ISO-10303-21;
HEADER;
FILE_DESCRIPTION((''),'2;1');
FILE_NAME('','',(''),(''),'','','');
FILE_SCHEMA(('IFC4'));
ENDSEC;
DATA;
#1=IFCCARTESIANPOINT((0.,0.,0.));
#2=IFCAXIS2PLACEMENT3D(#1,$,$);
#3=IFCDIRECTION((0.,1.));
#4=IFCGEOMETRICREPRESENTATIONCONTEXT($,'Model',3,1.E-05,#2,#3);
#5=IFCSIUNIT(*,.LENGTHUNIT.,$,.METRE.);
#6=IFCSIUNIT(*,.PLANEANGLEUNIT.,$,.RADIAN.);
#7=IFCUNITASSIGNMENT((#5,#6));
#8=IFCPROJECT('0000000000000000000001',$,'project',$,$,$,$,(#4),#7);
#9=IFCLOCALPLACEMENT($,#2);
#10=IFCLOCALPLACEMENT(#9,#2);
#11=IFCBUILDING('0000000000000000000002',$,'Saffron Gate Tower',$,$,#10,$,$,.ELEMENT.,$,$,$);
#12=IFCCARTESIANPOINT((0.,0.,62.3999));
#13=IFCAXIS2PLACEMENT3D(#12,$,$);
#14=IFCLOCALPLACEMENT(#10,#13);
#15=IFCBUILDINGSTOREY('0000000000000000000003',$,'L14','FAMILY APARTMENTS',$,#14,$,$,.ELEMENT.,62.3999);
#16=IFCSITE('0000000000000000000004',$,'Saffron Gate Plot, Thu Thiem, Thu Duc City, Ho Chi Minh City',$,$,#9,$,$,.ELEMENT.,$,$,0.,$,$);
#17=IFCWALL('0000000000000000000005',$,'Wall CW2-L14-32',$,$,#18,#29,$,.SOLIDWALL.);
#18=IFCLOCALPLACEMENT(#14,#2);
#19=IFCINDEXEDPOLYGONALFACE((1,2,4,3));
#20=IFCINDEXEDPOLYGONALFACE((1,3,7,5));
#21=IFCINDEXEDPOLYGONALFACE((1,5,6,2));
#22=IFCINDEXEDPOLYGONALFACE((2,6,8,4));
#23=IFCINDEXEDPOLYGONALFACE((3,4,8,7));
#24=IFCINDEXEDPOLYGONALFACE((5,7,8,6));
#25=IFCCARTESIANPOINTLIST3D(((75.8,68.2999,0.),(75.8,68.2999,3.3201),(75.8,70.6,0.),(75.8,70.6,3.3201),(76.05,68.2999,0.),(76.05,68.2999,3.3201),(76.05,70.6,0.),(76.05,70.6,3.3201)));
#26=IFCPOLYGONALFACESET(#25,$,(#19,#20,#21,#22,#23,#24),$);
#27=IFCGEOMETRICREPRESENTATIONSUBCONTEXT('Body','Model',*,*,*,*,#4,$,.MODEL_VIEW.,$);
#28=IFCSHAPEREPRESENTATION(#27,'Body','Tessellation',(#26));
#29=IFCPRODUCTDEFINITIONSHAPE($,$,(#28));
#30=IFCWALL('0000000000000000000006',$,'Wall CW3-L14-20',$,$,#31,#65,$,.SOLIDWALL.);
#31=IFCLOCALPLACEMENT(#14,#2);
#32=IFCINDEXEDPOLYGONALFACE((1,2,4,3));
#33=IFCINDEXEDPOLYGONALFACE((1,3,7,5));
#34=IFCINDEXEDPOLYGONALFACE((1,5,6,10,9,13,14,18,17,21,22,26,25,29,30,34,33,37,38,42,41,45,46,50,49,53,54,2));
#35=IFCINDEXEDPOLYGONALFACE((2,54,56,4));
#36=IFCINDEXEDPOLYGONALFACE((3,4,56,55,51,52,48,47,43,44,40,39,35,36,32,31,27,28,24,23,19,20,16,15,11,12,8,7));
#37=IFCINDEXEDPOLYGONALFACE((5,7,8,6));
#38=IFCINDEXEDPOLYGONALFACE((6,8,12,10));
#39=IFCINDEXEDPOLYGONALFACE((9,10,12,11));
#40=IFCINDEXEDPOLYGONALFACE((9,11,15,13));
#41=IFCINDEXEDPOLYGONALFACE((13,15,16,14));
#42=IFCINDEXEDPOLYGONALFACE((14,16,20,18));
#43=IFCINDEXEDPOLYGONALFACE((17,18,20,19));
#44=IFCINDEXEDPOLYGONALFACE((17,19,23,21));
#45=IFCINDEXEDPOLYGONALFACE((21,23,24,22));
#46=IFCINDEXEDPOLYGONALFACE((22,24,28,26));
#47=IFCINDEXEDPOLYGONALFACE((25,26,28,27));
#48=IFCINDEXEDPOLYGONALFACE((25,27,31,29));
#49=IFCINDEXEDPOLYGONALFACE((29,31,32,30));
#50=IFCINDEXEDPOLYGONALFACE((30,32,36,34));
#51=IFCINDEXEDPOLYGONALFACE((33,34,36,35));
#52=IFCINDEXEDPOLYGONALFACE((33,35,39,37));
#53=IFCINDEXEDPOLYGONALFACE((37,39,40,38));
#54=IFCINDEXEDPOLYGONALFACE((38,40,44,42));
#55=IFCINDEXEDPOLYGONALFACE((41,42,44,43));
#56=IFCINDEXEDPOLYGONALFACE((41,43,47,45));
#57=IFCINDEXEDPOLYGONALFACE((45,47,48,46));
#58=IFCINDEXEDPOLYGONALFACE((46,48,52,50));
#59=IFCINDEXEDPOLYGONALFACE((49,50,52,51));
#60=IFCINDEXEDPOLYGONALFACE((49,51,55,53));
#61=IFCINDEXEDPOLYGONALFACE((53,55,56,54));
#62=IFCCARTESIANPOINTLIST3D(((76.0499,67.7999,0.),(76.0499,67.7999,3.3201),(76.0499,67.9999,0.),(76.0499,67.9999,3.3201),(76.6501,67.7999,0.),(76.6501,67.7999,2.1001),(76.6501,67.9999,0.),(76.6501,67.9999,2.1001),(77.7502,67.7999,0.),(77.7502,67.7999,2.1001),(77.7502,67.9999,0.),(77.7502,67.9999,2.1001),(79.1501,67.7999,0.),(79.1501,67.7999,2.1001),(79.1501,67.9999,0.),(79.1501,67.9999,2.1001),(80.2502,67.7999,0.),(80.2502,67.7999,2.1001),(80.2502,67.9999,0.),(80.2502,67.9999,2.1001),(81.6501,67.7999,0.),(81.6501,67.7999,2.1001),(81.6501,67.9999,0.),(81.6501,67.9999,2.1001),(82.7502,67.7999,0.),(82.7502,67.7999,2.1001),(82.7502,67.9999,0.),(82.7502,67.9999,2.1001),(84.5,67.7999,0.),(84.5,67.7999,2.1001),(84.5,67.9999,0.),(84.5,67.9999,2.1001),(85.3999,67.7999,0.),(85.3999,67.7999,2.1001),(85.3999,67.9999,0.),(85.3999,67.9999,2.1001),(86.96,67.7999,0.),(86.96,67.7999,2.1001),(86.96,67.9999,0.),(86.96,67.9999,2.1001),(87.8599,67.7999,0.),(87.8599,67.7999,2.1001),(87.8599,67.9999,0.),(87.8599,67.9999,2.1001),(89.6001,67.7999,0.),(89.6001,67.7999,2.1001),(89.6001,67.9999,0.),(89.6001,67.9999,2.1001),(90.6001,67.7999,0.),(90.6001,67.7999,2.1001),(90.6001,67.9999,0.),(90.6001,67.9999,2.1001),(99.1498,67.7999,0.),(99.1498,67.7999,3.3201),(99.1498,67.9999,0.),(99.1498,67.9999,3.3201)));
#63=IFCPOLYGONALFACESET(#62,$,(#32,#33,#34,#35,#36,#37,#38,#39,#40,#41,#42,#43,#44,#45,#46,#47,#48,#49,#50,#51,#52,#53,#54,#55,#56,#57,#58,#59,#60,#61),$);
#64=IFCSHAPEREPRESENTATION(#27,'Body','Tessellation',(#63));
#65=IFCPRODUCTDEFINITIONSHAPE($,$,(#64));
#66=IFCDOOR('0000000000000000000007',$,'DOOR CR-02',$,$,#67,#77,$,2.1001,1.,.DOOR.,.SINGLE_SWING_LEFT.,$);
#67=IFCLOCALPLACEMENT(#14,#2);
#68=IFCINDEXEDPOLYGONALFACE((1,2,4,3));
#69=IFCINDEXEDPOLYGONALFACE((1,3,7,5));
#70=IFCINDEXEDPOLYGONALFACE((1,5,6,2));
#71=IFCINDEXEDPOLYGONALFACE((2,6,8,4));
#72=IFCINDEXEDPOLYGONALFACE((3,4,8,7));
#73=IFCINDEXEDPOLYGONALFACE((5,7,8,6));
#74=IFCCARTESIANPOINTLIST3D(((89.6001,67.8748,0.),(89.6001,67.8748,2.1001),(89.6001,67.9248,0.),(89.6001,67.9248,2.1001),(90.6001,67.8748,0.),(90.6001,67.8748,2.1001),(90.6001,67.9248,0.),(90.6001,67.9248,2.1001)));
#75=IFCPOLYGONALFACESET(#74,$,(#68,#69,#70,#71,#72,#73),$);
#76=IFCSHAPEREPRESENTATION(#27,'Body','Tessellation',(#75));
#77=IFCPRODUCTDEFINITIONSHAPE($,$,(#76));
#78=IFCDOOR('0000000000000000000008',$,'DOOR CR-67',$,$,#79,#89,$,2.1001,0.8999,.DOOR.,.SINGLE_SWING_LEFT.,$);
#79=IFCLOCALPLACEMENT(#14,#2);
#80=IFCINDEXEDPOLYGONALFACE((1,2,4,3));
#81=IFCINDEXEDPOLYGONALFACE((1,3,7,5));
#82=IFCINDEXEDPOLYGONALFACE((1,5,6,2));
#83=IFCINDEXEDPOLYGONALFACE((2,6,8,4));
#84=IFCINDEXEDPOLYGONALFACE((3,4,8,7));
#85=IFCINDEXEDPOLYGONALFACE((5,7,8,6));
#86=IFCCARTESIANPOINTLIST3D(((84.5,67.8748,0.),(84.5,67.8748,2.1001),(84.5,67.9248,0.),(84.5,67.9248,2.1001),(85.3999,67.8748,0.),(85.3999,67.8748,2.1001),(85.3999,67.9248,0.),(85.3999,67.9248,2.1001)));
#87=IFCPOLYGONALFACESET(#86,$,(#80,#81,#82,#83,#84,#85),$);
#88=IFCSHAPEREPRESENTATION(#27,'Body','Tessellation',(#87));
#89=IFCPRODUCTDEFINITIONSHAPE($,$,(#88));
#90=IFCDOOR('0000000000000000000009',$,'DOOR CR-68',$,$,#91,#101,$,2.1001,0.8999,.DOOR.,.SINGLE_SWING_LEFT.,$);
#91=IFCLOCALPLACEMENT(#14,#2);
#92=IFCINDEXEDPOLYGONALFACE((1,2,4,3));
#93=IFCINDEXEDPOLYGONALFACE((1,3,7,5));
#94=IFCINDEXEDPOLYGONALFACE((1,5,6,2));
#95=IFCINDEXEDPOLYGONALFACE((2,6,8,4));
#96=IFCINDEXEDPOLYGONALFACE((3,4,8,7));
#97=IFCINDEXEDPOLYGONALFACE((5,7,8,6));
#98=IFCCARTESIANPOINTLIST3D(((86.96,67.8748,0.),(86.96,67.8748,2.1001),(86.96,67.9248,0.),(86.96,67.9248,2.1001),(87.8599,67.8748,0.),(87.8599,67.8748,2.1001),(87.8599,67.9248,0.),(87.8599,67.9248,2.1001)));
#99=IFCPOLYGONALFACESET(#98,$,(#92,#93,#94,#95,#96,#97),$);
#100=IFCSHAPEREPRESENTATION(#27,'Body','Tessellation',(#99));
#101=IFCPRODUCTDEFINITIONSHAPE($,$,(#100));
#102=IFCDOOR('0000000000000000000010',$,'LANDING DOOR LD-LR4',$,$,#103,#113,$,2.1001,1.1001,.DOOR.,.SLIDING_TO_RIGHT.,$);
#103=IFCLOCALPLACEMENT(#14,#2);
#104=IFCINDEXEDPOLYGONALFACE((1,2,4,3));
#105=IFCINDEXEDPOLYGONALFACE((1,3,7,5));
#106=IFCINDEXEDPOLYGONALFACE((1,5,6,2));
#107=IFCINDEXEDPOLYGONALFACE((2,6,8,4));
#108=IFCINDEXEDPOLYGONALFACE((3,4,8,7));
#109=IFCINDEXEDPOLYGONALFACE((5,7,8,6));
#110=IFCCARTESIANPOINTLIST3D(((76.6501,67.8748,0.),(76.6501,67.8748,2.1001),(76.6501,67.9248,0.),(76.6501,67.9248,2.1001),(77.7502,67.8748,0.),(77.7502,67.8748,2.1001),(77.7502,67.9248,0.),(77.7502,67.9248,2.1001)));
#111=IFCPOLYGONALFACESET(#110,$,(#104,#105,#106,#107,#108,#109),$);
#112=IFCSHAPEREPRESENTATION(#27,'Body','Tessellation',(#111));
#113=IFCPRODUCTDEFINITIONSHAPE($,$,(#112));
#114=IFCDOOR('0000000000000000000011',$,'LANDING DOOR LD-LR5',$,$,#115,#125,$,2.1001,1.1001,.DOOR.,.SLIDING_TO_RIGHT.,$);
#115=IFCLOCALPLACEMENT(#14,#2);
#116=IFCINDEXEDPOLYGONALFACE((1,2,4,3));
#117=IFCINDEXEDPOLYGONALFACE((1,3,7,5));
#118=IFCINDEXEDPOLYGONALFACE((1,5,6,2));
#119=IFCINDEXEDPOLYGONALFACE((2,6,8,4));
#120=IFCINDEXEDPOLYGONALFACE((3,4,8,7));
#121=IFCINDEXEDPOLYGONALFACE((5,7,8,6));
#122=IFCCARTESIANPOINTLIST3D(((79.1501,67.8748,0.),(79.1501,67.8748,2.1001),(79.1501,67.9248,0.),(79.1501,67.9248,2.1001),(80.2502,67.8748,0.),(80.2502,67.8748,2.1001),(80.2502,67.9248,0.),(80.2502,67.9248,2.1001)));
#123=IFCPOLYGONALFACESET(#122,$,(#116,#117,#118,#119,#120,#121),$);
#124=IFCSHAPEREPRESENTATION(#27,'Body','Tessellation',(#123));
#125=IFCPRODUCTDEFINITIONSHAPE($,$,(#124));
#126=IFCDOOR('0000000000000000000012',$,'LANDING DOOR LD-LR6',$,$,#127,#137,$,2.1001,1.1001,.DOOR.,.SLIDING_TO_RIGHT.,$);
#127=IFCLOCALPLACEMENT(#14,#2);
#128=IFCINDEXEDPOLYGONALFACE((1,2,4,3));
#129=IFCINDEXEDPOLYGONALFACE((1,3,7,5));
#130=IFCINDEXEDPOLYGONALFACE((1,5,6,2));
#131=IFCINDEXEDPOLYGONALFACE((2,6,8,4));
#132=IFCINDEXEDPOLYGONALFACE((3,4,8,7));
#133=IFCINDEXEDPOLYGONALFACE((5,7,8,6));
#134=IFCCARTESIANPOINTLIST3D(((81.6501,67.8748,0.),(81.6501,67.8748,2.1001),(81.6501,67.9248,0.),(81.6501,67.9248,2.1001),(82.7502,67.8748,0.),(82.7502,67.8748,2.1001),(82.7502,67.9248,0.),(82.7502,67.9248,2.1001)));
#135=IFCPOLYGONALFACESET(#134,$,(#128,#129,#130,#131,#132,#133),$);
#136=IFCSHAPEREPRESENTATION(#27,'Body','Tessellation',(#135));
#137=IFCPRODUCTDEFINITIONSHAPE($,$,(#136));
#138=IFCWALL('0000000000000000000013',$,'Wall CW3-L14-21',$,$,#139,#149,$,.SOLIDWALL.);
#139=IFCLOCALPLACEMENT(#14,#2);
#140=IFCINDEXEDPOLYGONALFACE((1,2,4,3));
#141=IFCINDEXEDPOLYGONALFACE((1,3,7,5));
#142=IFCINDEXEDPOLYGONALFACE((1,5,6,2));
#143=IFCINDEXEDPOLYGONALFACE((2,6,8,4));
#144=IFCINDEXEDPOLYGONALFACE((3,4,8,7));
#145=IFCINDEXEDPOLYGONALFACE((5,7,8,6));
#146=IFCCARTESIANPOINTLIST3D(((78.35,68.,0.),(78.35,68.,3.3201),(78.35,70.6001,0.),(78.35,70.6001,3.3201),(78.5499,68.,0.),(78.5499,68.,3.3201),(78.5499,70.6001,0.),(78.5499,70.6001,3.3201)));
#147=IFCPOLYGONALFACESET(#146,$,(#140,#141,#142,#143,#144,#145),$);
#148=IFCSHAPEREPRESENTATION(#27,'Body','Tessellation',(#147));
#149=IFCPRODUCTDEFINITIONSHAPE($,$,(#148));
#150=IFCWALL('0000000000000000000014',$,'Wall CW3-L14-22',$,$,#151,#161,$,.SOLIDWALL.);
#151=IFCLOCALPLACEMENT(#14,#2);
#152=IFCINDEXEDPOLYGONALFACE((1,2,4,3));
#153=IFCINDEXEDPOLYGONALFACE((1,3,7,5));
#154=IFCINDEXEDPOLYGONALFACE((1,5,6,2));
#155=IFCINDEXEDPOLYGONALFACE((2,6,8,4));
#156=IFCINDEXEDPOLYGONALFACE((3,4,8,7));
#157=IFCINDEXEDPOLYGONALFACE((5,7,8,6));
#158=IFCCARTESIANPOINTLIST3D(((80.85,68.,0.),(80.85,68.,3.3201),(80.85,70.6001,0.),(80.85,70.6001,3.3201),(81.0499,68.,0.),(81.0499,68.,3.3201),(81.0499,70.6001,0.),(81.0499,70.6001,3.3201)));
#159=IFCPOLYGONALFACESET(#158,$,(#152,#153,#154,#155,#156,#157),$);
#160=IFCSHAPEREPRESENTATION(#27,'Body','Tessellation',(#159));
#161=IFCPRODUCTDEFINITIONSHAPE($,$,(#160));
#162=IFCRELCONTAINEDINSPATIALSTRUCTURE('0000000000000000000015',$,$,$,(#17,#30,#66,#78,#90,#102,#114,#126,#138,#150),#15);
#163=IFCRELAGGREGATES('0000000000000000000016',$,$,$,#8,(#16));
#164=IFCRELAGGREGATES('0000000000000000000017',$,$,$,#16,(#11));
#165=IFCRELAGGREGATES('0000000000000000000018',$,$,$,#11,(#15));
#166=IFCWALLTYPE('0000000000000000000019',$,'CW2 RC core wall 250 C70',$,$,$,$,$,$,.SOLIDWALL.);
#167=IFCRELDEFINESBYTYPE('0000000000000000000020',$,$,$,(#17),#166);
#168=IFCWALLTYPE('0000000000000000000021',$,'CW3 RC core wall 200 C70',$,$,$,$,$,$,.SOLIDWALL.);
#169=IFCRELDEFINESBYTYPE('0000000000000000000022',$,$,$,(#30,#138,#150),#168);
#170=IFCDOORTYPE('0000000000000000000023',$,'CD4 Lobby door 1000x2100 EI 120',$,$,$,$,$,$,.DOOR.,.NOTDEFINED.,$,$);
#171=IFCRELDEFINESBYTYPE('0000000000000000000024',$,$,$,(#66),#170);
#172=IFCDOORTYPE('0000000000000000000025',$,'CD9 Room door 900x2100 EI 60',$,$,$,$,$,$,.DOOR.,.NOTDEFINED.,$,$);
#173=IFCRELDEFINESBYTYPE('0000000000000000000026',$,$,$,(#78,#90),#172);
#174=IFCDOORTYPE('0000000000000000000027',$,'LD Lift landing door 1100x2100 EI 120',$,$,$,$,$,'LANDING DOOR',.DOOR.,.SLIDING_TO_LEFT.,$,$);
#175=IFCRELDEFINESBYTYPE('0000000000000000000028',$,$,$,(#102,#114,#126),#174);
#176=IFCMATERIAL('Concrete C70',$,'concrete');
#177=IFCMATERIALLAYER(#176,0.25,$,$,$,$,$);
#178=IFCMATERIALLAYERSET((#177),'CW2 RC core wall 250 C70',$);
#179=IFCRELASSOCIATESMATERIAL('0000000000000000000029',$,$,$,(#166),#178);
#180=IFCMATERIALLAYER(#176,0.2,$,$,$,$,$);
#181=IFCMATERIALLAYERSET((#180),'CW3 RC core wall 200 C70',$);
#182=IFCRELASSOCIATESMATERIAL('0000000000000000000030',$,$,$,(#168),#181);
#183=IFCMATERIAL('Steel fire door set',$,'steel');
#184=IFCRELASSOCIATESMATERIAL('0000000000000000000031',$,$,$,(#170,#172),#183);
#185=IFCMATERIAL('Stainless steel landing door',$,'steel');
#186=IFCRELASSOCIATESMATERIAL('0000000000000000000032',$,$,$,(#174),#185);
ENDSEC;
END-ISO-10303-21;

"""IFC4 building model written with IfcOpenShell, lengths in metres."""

from ifc_helpers import new_model, si_unit, direction, frame, frame_2d, origin, place, context, subcontext, project, spatial, rectangle, extrude, material, layer, layer_set, type_object, element, fill, save


model = new_model("IFC4")

# Units and contexts
model_context = context("Model", 3, precision=1e-05, world=origin(), true_north=direction((0.0, 1.0)))
body_context = subcontext(model_context, "Body", "Model", "MODEL_VIEW")
ifc_project = project(units=[si_unit("LENGTHUNIT", "METRE"), si_unit("PLANEANGLEUNIT", "RADIAN")], contexts=[model_context])

# Site, building, storey
site_placement = place(None, origin())
site = spatial("IfcSite", under=ifc_project, at=site_placement, Name="Saffron Gate Plot, Thu Thiem, Thu Duc City, Ho Chi Minh City", CompositionType="ELEMENT", RefElevation=0.0)
building_placement = place(site_placement, origin())
building = spatial("IfcBuilding", under=site, at=building_placement, Name="Saffron Gate Tower", CompositionType="ELEMENT")
storey_placement = place(building_placement, frame((0.0, 0.0, 62.3999)))
storey = spatial("IfcBuildingStorey", under=building, at=storey_placement, Name="L14", Description="FAMILY APARTMENTS", CompositionType="ELEMENT", Elevation=62.3999)

# Wall
ifc_material_1 = material(Name="Concrete C70", Category="concrete")
ifc_layer_1 = layer(ifc_material_1, 0.25)
ifc_layer_set_1 = layer_set([ifc_layer_1], Name="CW2 RC core wall 250 C70")
wall_type_1 = type_object("IfcWallType", Name="CW2 RC core wall 250 C70", PredefinedType="SOLIDWALL", material=ifc_layer_set_1)
wall_1_placement = place(storey_placement, frame((75.925, 68.3, 0.0), z_axis=(0.0, 0.0, 1.0), x_axis=(0.0, 1.0, 0.0)))
element("IfcWall", 1, at=wall_1_placement, inside=storey, type_object=wall_type_1, Name="Wall CW2-L14-32", PredefinedType="SOLIDWALL", context=body_context, shape_type="SweptSolid", body=[
    extrude(rectangle(XDim=2.3, YDim=0.25, at=frame_2d((1.1499, 0.0))), origin(), (0.0, 0.0, 1.0), 3.3201),
])

# Wall, openings, doors
ifc_layer_2 = layer(ifc_material_1, 0.2)
ifc_layer_set_2 = layer_set([ifc_layer_2], Name="CW3 RC core wall 200 C70")
wall_type_2 = type_object("IfcWallType", Name="CW3 RC core wall 200 C70", PredefinedType="SOLIDWALL", material=ifc_layer_set_2)
wall_2_placement = place(storey_placement, frame((76.05, 67.8999, 0.0), z_axis=(0.0, 0.0, 1.0), x_axis=(1.0, 0.0, 0.0)))
wall_2 = element("IfcWall", 2, at=wall_2_placement, inside=storey, type_object=wall_type_2, Name="Wall CW3-L14-20", PredefinedType="SOLIDWALL", context=body_context, shape_type="SweptSolid", body=[
    extrude(rectangle(XDim=23.0999, YDim=0.2, at=frame_2d((11.5498, 0.0))), origin(), (0.0, 0.0, 1.0), 3.3201),
])
opening_1_placement = place(wall_2_placement, frame((0.6001, 0.0, 0.0)))
opening_1 = element("IfcOpeningElement", 3, at=opening_1_placement, cuts=wall_2, PredefinedType="OPENING", context=body_context, shape_type="SweptSolid", body=[
    extrude(rectangle(XDim=1.1001, YDim=2.1001, at=frame_2d((0.55, 1.05))), frame((0.0, 0.1099, 0.0), z_axis=(0.0, -1.0, 0.0), x_axis=(1.0, 0.0, 0.0)), (0.0, 0.0, 1.0), 0.22),
])
opening_2_placement = place(wall_2_placement, frame((3.1001, 0.0, 0.0)))
opening_2 = element("IfcOpeningElement", 4, at=opening_2_placement, cuts=wall_2, PredefinedType="OPENING", context=body_context, shape_type="SweptSolid", body=[
    extrude(rectangle(XDim=1.1001, YDim=2.1001, at=frame_2d((0.55, 1.05))), frame((0.0, 0.1099, 0.0), z_axis=(0.0, -1.0, 0.0), x_axis=(1.0, 0.0, 0.0)), (0.0, 0.0, 1.0), 0.22),
])
opening_3_placement = place(wall_2_placement, frame((5.6001, 0.0, 0.0)))
opening_3 = element("IfcOpeningElement", 5, at=opening_3_placement, cuts=wall_2, PredefinedType="OPENING", context=body_context, shape_type="SweptSolid", body=[
    extrude(rectangle(XDim=1.1001, YDim=2.1001, at=frame_2d((0.55, 1.05))), frame((0.0, 0.1099, 0.0), z_axis=(0.0, -1.0, 0.0), x_axis=(1.0, 0.0, 0.0)), (0.0, 0.0, 1.0), 0.22),
])
opening_4_placement = place(wall_2_placement, frame((8.45, 0.0, 0.0)))
opening_4 = element("IfcOpeningElement", 6, at=opening_4_placement, cuts=wall_2, PredefinedType="OPENING", context=body_context, shape_type="SweptSolid", body=[
    extrude(rectangle(XDim=0.8999, YDim=2.1001, at=frame_2d((0.45, 1.05))), frame((0.0, 0.1099, 0.0), z_axis=(0.0, -1.0, 0.0), x_axis=(1.0, 0.0, 0.0)), (0.0, 0.0, 1.0), 0.22),
])
opening_5_placement = place(wall_2_placement, frame((10.9099, 0.0, 0.0)))
opening_5 = element("IfcOpeningElement", 7, at=opening_5_placement, cuts=wall_2, PredefinedType="OPENING", context=body_context, shape_type="SweptSolid", body=[
    extrude(rectangle(XDim=0.8999, YDim=2.1001, at=frame_2d((0.45, 1.05))), frame((0.0, 0.1099, 0.0), z_axis=(0.0, -1.0, 0.0), x_axis=(1.0, 0.0, 0.0)), (0.0, 0.0, 1.0), 0.22),
])
opening_6_placement = place(wall_2_placement, frame((13.55, 0.0, 0.0)))
opening_6 = element("IfcOpeningElement", 8, at=opening_6_placement, cuts=wall_2, PredefinedType="OPENING", context=body_context, shape_type="SweptSolid", body=[
    extrude(rectangle(XDim=1.0, YDim=2.1001, at=frame_2d((0.5, 1.05))), frame((0.0, 0.1099, 0.0), z_axis=(0.0, -1.0, 0.0), x_axis=(1.0, 0.0, 0.0)), (0.0, 0.0, 1.0), 0.22),
])
ifc_material_2 = material(Name="Steel fire door set", Category="steel")
door_type_1 = type_object("IfcDoorType", Name="CD4 Lobby door 1000x2100 EI 120", OperationType="NOTDEFINED", PredefinedType="DOOR", material=ifc_material_2)
door_1_placement = place(opening_6_placement, origin())
door_1 = element("IfcDoor", 9, at=door_1_placement, inside=storey, type_object=door_type_1, Name="DOOR CR-02", OperationType="SINGLE_SWING_LEFT", OverallHeight=2.1001, OverallWidth=1.0, PredefinedType="DOOR", context=body_context, shape_type="SweptSolid", body=[
    extrude(rectangle(XDim=1.0, YDim=2.1001, at=frame_2d((0.5, 1.05))), frame((0.0, 0.0249, 0.0), z_axis=(0.0, -1.0, 0.0), x_axis=(1.0, 0.0, 0.0)), (0.0, 0.0, 1.0), 0.05),
])
fill(opening_6, door_1)
door_type_2 = type_object("IfcDoorType", Name="CD9 Room door 900x2100 EI 60", OperationType="NOTDEFINED", PredefinedType="DOOR", material=ifc_material_2)
door_2_placement = place(opening_4_placement, origin())
door_2 = element("IfcDoor", 10, at=door_2_placement, inside=storey, type_object=door_type_2, Name="DOOR CR-67", OperationType="SINGLE_SWING_LEFT", OverallHeight=2.1001, OverallWidth=0.8999, PredefinedType="DOOR", context=body_context, shape_type="SweptSolid", body=[
    extrude(rectangle(XDim=0.8999, YDim=2.1001, at=frame_2d((0.45, 1.05))), frame((0.0, 0.0249, 0.0), z_axis=(0.0, -1.0, 0.0), x_axis=(1.0, 0.0, 0.0)), (0.0, 0.0, 1.0), 0.05),
])
fill(opening_4, door_2)
door_3_placement = place(opening_5_placement, origin())
door_3 = element("IfcDoor", 11, at=door_3_placement, inside=storey, type_object=door_type_2, Name="DOOR CR-68", OperationType="SINGLE_SWING_LEFT", OverallHeight=2.1001, OverallWidth=0.8999, PredefinedType="DOOR", context=body_context, shape_type="SweptSolid", body=[
    extrude(rectangle(XDim=0.8999, YDim=2.1001, at=frame_2d((0.45, 1.05))), frame((0.0, 0.0249, 0.0), z_axis=(0.0, -1.0, 0.0), x_axis=(1.0, 0.0, 0.0)), (0.0, 0.0, 1.0), 0.05),
])
fill(opening_5, door_3)
ifc_material_3 = material(Name="Stainless steel landing door", Category="steel")
door_type_3 = type_object("IfcDoorType", Name="LD Lift landing door 1100x2100 EI 120", ElementType="LANDING DOOR", OperationType="SLIDING_TO_LEFT", PredefinedType="DOOR", material=ifc_material_3)
door_4_placement = place(opening_1_placement, origin())
door_4 = element("IfcDoor", 12, at=door_4_placement, inside=storey, type_object=door_type_3, Name="LANDING DOOR LD-LR4", OperationType="SLIDING_TO_RIGHT", OverallHeight=2.1001, OverallWidth=1.1001, PredefinedType="DOOR", context=body_context, shape_type="SweptSolid", body=[
    extrude(rectangle(XDim=1.1001, YDim=2.1001, at=frame_2d((0.55, 1.05))), frame((0.0, 0.0249, 0.0), z_axis=(0.0, -1.0, 0.0), x_axis=(1.0, 0.0, 0.0)), (0.0, 0.0, 1.0), 0.05),
])
fill(opening_1, door_4)
door_5_placement = place(opening_2_placement, origin())
door_5 = element("IfcDoor", 13, at=door_5_placement, inside=storey, type_object=door_type_3, Name="LANDING DOOR LD-LR5", OperationType="SLIDING_TO_RIGHT", OverallHeight=2.1001, OverallWidth=1.1001, PredefinedType="DOOR", context=body_context, shape_type="SweptSolid", body=[
    extrude(rectangle(XDim=1.1001, YDim=2.1001, at=frame_2d((0.55, 1.05))), frame((0.0, 0.0249, 0.0), z_axis=(0.0, -1.0, 0.0), x_axis=(1.0, 0.0, 0.0)), (0.0, 0.0, 1.0), 0.05),
])
fill(opening_2, door_5)
door_6_placement = place(opening_3_placement, origin())
door_6 = element("IfcDoor", 14, at=door_6_placement, inside=storey, type_object=door_type_3, Name="LANDING DOOR LD-LR6", OperationType="SLIDING_TO_RIGHT", OverallHeight=2.1001, OverallWidth=1.1001, PredefinedType="DOOR", context=body_context, shape_type="SweptSolid", body=[
    extrude(rectangle(XDim=1.1001, YDim=2.1001, at=frame_2d((0.55, 1.05))), frame((0.0, 0.0249, 0.0), z_axis=(0.0, -1.0, 0.0), x_axis=(1.0, 0.0, 0.0)), (0.0, 0.0, 1.0), 0.05),
])
fill(opening_3, door_6)

# Walls
for number, where, z_axis, x_axis, name in (
    (15, (78.45, 68.0, 0.0), (0.0, 0.0, 1.0), (0.0, 1.0, 0.0), "Wall CW3-L14-21"),
    (16, (80.95, 68.0, 0.0), (0.0, 0.0, 1.0), (0.0, 1.0, 0.0), "Wall CW3-L14-22"),
):
    element("IfcWall", number, at=place(storey_placement, frame(where, z_axis=z_axis, x_axis=x_axis)), inside=storey, type_object=wall_type_2, Name=name, PredefinedType="SOLIDWALL", context=body_context, shape_type="SweptSolid", body=[
        extrude(rectangle(XDim=2.6001, YDim=0.2, at=frame_2d((1.3, 0.0))), origin(), (0.0, 0.0, 1.0), 3.3201),
    ])

save(model, "model.ifc")
